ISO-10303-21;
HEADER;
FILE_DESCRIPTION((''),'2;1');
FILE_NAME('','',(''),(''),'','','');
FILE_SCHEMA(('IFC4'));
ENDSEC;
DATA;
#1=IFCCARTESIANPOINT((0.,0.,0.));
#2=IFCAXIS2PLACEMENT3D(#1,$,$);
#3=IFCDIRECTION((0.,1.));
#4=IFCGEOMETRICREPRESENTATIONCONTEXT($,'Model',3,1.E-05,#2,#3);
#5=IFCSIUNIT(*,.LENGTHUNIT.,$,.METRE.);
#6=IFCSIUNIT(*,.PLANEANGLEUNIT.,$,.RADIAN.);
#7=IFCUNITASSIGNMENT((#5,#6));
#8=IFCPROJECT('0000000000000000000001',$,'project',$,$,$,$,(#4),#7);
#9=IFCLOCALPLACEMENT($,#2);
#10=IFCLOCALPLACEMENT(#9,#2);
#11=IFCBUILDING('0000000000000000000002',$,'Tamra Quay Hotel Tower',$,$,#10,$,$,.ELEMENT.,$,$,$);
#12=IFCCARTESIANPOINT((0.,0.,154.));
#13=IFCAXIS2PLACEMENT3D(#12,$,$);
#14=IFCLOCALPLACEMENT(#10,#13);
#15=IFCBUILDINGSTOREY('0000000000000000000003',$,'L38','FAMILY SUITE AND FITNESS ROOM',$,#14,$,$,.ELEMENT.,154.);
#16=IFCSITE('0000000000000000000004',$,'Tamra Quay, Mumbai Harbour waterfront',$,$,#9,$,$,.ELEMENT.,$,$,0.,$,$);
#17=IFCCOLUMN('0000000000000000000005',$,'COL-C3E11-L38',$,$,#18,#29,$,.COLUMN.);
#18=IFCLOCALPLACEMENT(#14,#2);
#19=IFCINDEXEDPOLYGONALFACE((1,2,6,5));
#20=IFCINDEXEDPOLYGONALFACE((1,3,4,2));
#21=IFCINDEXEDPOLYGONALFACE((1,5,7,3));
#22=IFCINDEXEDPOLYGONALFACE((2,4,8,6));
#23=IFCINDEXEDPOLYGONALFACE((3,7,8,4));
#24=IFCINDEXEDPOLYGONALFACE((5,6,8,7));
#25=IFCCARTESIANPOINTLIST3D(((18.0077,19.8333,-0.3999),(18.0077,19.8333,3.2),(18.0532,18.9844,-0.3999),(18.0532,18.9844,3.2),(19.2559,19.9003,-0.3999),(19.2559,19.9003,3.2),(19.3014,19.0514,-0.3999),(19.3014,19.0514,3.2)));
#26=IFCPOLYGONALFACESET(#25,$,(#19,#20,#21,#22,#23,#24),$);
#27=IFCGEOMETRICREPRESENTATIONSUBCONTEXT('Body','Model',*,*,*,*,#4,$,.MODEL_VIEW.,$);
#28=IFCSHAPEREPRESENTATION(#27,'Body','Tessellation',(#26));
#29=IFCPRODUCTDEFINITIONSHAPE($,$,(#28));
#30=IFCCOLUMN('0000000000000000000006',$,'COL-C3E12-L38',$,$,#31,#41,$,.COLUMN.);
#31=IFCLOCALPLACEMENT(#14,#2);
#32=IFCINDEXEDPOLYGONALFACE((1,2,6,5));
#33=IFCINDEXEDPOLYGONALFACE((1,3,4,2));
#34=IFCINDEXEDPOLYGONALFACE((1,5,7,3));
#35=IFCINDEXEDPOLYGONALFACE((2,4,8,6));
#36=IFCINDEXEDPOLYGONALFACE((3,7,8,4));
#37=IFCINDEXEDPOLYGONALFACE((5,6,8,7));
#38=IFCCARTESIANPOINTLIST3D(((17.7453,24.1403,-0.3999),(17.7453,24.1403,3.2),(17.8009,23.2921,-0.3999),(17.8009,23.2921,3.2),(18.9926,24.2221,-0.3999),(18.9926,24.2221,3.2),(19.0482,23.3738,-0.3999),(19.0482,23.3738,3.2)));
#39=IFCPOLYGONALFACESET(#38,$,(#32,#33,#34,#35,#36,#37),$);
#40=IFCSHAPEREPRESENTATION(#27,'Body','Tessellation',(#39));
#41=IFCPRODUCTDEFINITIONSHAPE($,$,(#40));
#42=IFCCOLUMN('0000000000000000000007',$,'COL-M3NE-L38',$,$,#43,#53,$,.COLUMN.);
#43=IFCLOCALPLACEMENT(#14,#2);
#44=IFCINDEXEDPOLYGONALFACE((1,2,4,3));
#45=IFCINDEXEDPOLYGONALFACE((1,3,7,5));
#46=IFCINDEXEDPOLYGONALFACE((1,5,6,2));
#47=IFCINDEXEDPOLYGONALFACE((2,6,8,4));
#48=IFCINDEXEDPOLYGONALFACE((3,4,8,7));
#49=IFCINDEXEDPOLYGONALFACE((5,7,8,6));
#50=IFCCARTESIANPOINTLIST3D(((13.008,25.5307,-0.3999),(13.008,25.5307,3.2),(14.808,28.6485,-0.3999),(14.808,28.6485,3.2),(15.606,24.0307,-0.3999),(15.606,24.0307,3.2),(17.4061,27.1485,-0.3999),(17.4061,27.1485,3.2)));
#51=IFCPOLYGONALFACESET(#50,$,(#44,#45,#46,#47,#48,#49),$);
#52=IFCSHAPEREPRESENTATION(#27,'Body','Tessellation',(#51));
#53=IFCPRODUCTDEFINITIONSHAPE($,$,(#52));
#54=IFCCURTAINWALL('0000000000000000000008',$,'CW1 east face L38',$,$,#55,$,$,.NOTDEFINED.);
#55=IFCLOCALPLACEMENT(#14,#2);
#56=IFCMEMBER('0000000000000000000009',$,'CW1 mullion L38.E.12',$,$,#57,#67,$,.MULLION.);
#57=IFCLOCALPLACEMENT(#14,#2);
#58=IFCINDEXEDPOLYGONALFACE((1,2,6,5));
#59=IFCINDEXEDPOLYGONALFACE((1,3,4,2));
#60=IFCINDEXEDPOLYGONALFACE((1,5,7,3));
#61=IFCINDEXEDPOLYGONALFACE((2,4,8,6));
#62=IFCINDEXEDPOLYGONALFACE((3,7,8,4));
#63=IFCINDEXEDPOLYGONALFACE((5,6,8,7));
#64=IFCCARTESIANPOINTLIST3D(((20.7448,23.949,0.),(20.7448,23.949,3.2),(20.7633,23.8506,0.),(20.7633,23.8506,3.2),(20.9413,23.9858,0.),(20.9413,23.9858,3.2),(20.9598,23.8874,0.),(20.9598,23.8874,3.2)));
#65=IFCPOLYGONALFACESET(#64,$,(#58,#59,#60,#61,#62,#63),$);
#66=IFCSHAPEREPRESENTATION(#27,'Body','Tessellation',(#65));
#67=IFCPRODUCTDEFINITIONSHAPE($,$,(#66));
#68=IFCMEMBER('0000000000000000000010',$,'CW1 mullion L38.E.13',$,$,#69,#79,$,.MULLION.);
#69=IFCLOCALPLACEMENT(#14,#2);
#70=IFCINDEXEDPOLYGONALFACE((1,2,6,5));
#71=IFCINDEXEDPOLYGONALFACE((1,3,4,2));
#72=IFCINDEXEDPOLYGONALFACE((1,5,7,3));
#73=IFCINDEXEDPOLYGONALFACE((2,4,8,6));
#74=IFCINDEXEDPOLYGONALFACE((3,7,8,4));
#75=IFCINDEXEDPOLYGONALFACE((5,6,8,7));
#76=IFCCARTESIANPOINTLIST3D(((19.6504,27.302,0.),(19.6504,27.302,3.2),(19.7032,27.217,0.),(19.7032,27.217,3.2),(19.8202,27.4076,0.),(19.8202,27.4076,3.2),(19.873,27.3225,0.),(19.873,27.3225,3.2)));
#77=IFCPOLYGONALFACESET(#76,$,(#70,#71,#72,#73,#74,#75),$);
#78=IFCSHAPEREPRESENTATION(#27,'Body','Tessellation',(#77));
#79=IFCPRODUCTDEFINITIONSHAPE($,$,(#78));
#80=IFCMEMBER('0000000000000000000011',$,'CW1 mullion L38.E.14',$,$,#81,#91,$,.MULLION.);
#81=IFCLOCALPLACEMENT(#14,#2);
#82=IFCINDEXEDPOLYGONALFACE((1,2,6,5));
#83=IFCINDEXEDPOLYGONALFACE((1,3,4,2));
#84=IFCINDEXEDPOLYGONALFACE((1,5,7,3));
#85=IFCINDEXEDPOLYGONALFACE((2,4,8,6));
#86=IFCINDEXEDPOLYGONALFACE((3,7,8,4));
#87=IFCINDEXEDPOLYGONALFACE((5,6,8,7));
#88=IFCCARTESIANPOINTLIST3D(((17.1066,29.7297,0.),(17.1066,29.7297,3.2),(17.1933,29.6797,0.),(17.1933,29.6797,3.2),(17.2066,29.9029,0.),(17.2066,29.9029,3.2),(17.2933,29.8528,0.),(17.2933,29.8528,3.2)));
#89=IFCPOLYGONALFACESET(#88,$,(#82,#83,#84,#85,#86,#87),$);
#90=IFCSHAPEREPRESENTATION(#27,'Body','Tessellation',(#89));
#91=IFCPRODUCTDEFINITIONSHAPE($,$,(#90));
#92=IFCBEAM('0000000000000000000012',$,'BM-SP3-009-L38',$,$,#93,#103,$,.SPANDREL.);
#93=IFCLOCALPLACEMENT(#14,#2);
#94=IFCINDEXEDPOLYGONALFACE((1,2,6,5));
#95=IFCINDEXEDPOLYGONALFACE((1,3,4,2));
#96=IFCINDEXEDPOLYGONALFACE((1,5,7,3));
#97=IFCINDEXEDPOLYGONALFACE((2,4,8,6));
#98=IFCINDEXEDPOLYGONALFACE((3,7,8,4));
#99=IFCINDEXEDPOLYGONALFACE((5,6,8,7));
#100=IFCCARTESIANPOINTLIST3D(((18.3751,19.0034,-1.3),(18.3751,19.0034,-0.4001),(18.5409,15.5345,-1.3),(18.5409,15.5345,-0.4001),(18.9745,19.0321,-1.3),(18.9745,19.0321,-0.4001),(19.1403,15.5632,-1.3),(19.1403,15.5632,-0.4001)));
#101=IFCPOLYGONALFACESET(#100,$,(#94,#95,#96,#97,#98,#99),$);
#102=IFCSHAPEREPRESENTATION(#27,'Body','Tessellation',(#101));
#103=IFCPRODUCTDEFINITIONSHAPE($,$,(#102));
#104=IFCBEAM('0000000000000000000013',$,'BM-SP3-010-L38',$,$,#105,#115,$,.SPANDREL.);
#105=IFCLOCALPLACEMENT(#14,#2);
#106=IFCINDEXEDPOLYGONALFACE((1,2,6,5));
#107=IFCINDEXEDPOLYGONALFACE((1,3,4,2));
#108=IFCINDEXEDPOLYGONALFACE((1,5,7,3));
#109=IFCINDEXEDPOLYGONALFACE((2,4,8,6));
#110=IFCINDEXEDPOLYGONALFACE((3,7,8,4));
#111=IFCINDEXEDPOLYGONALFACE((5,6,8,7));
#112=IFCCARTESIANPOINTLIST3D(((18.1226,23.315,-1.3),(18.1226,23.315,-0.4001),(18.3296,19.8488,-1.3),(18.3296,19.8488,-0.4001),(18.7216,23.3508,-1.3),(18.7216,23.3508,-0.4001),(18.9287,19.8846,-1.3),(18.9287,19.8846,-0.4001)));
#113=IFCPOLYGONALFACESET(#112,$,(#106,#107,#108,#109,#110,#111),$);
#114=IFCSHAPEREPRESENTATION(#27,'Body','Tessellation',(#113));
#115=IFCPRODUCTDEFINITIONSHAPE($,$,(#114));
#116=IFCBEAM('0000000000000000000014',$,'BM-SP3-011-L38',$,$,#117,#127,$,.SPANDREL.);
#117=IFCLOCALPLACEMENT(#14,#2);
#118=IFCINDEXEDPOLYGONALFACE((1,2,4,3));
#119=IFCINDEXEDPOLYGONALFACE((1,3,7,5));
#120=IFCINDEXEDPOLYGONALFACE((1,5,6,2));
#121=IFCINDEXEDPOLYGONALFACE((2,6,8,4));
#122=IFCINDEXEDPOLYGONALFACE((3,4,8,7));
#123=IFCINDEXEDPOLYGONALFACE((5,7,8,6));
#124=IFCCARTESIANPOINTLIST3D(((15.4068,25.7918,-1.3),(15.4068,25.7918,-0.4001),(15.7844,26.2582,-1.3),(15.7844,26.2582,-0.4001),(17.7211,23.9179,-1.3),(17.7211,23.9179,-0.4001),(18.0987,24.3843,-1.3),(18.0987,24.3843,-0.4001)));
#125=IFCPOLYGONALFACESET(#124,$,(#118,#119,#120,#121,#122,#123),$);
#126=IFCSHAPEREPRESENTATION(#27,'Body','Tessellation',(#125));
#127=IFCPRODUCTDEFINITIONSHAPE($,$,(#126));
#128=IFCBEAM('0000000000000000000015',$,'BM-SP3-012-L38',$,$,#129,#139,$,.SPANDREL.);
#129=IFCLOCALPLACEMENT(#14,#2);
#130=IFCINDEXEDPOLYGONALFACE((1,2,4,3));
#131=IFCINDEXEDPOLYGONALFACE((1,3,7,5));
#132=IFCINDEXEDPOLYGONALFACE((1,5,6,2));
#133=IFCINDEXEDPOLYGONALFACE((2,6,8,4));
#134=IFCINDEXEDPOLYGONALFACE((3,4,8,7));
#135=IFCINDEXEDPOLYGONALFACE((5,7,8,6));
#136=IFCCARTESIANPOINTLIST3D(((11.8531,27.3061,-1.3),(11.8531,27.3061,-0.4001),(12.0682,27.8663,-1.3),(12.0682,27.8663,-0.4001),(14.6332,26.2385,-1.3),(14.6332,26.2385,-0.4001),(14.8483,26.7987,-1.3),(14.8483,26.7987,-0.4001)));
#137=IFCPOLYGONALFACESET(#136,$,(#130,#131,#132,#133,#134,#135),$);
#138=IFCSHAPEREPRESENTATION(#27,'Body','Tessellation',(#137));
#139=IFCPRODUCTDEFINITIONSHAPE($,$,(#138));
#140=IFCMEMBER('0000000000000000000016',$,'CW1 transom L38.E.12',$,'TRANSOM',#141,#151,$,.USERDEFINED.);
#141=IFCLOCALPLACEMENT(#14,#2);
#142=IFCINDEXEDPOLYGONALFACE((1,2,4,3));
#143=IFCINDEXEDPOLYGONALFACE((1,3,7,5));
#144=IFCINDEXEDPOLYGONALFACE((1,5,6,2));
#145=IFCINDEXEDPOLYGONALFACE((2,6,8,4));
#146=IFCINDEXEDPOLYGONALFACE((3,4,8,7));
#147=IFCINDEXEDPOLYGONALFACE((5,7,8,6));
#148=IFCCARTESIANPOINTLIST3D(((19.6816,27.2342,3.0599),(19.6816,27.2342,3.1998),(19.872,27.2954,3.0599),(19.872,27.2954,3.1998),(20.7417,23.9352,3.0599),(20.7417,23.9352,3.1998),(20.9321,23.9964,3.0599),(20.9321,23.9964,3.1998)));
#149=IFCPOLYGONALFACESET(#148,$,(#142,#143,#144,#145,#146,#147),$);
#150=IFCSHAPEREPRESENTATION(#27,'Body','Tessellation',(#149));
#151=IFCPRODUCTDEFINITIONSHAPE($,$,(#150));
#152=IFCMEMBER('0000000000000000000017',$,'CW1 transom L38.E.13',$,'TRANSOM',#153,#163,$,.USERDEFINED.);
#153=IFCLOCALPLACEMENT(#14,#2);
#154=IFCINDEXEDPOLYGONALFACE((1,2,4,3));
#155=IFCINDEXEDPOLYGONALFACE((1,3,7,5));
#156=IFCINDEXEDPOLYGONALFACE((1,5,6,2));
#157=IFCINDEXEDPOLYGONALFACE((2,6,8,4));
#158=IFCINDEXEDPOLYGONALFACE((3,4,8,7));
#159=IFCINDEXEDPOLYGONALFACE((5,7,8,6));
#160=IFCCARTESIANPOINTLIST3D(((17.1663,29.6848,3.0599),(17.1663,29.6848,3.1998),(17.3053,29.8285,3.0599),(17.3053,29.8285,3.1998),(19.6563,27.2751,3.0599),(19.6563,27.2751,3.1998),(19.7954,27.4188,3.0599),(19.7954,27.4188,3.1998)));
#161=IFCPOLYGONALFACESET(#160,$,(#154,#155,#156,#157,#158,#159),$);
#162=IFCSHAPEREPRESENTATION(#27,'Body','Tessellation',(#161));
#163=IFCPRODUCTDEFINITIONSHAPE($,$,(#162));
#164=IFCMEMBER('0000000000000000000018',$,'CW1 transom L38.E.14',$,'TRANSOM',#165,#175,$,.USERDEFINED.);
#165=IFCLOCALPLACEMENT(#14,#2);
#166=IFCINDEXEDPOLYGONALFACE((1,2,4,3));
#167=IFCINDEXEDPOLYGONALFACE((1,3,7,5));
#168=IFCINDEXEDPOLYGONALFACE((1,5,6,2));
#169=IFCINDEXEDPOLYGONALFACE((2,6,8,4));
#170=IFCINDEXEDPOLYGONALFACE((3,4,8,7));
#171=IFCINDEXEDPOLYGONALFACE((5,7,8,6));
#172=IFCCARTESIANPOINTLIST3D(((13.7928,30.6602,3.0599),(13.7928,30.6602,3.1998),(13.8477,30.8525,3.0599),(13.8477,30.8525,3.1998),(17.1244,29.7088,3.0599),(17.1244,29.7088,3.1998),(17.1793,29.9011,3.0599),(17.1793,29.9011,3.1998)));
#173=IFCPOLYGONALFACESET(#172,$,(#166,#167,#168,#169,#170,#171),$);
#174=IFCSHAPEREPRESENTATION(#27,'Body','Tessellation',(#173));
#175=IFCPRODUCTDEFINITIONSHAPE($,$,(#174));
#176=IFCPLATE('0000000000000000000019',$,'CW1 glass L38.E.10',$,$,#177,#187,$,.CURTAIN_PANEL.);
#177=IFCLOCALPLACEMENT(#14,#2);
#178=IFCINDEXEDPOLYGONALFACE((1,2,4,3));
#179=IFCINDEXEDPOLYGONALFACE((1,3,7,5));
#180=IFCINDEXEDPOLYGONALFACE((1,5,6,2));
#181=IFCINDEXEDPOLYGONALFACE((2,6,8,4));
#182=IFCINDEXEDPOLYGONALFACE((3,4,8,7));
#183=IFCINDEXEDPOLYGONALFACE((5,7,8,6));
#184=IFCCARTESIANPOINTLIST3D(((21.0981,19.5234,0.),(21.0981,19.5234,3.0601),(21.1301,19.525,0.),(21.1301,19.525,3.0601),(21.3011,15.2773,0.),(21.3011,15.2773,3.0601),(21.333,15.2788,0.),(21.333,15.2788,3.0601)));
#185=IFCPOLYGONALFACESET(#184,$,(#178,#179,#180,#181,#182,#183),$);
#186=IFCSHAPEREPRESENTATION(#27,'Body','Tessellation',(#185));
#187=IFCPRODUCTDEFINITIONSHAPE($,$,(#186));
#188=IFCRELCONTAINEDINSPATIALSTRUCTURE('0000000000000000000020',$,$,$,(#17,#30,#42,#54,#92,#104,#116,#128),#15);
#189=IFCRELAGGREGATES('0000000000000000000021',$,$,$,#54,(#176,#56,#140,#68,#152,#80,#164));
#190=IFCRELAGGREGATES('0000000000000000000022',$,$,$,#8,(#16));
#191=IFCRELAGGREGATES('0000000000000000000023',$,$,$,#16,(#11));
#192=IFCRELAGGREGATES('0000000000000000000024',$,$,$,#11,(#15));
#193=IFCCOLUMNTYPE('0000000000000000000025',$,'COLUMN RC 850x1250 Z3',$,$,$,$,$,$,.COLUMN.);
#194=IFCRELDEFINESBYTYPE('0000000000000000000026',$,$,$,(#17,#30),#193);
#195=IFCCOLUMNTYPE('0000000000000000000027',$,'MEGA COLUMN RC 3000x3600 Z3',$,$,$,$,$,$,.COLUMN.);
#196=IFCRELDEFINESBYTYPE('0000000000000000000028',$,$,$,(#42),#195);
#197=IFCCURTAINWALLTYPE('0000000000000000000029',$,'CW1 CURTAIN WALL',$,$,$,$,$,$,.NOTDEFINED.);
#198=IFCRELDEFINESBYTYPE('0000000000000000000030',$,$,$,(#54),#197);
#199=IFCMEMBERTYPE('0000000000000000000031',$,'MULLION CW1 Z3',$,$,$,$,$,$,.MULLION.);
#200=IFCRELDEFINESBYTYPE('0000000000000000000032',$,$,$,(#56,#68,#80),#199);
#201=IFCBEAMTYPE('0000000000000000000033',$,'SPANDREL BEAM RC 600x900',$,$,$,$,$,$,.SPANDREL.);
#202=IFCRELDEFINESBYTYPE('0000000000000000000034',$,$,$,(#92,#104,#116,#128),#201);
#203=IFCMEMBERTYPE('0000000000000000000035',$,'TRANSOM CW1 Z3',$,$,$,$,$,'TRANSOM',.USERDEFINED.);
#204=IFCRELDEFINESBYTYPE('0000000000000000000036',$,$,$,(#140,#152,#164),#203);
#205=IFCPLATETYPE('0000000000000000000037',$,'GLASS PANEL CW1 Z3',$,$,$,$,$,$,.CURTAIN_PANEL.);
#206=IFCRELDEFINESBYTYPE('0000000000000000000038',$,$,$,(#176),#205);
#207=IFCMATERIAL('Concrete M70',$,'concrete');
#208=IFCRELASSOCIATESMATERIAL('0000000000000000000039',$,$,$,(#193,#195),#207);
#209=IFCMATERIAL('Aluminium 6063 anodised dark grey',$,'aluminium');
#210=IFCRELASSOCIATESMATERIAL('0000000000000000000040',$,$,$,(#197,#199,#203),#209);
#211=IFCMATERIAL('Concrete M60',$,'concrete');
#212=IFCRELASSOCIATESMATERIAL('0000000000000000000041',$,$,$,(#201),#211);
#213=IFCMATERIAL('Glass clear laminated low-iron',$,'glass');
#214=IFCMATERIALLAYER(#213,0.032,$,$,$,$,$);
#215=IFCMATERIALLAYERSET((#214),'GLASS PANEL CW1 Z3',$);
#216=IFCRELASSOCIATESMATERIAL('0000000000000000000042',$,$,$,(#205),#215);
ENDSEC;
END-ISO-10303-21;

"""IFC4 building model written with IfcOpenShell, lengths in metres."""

from ifc_helpers import new_model, si_unit, direction, frame, origin, origin_2d, place, context, subcontext, project, spatial, rectangle, extrude, material, layer, layer_set, material_profile, profile_set, type_object, element, aggregate, save


model = new_model("IFC4")

# Units and contexts
model_context = context("Model", 3, precision=1e-05, world=origin(), true_north=direction((0.0, 1.0)))
body_context = subcontext(model_context, "Body", "Model", "MODEL_VIEW")
ifc_project = project(units=[si_unit("LENGTHUNIT", "METRE"), si_unit("PLANEANGLEUNIT", "RADIAN")], contexts=[model_context])

# Site, building, storey
site_placement = place(None, origin())
site = spatial("IfcSite", under=ifc_project, at=site_placement, Name="Tamra Quay, Mumbai Harbour waterfront", CompositionType="ELEMENT", RefElevation=0.0)
building_placement = place(site_placement, origin())
building = spatial("IfcBuilding", under=site, at=building_placement, Name="Tamra Quay Hotel Tower", CompositionType="ELEMENT")
storey_placement = place(building_placement, frame((0.0, 0.0, 154.0)))
storey = spatial("IfcBuildingStorey", under=building, at=storey_placement, Name="L38", Description="FAMILY SUITE AND FITNESS ROOM", CompositionType="ELEMENT", Elevation=154.0)

# Columns
ifc_material_1 = material(Name="Concrete M70", Category="concrete")
ifc_material_profile_1 = material_profile(ifc_material_1, rectangle(XDim=1.25, YDim=0.8501, at=origin_2d()), Name="COLUMN RC 850x1250 Z3")
ifc_profile_set_1 = profile_set([ifc_material_profile_1], Name="Concrete M70")
column_type_1 = type_object("IfcColumnType", Name="COLUMN RC 850x1250 Z3", PredefinedType="COLUMN", material=ifc_profile_set_1)
for number, where, z_axis, x_axis, name in (
    (1, (18.6545, 19.4424, -0.3999), (0.0, 0.0, 1.0), (0.998562, 0.053603, 0.0), "COL-C3E11-L38"),
    (2, (18.3967, 23.7571, -0.3999), (0.0, 0.0, 1.0), (0.997858, 0.065419, 0.0), "COL-C3E12-L38"),
):
    element("IfcColumn", number, at=place(storey_placement, frame(where, z_axis=z_axis, x_axis=x_axis)), inside=storey, type_object=column_type_1, Name=name, PredefinedType="COLUMN", context=body_context, shape_type="SweptSolid", body=[
        extrude(rectangle(XDim=1.25, YDim=0.8501, at=origin_2d()), origin(), (0.0, 0.0, 1.0), 3.5999),
    ])
ifc_material_profile_2 = material_profile(ifc_material_1, rectangle(XDim=3.6001, YDim=3.0, at=origin_2d()), Name="MEGA COLUMN RC 3000x3600 Z3")
ifc_profile_set_2 = profile_set([ifc_material_profile_2], Name="Concrete M70")
column_type_2 = type_object("IfcColumnType", Name="MEGA COLUMN RC 3000x3600 Z3", PredefinedType="COLUMN", material=ifc_profile_set_2)
column_placement = place(storey_placement, frame((15.207, 26.3396, -0.3999), z_axis=(0.0, 0.0, 1.0), x_axis=(0.5, 0.866025, 0.0)))
element("IfcColumn", 3, at=column_placement, inside=storey, type_object=column_type_2, Name="COL-M3NE-L38", PredefinedType="COLUMN", context=body_context, shape_type="SweptSolid", body=[
    extrude(rectangle(XDim=3.6001, YDim=3.0, at=origin_2d()), origin(), (0.0, 0.0, 1.0), 3.5999),
])

# Curtain wall, members
ifc_material_2 = material(Name="Aluminium 6063 anodised dark grey", Category="aluminium")
curtain_wall_type = type_object("IfcCurtainWallType", Name="CW1 CURTAIN WALL", PredefinedType="NOTDEFINED", material=ifc_material_2)
curtain_wall_placement = place(storey_placement, origin())
curtain_wall = element("IfcCurtainWall", 4, at=curtain_wall_placement, inside=storey, type_object=curtain_wall_type, Name="CW1 east face L38", PredefinedType="NOTDEFINED")
ifc_material_profile_3 = material_profile(ifc_material_2, rectangle(XDim=0.2, YDim=0.1001, at=origin_2d()), Name="MULLION 100X200")
ifc_profile_set_3 = profile_set([ifc_material_profile_3], Name="Aluminium 6063 anodised dark grey")
member_type_1 = type_object("IfcMemberType", Name="MULLION CW1 Z3", PredefinedType="MULLION", material=ifc_profile_set_3)
member_1_placement = place(storey_placement, frame((20.8523, 23.9182, 0.0), z_axis=(0.0, 0.0, 1.0), x_axis=(0.982883, 0.18423, 0.0)))
member_1 = element("IfcMember", 5, at=member_1_placement, type_object=member_type_1, Name="CW1 mullion L38.E.12", PredefinedType="MULLION", context=body_context, shape_type="SweptSolid", body=[
    extrude(rectangle(XDim=0.2, YDim=0.1001, at=origin_2d()), origin(), (0.0, 0.0, 1.0), 3.2),
])
member_2_placement = place(storey_placement, frame((19.7617, 27.3123, 0.0), z_axis=(0.0, 0.0, 1.0), x_axis=(0.849198, 0.528075, 0.0)))
member_2 = element("IfcMember", 6, at=member_2_placement, type_object=member_type_1, Name="CW1 mullion L38.E.13", PredefinedType="MULLION", context=body_context, shape_type="SweptSolid", body=[
    extrude(rectangle(XDim=0.2, YDim=0.1001, at=origin_2d()), origin(), (0.0, 0.0, 1.0), 3.2),
])
member_3_placement = place(storey_placement, frame((17.2, 29.7913, 0.0), z_axis=(0.0, 0.0, 1.0), x_axis=(0.5, 0.866025, 0.0)))
member_3 = element("IfcMember", 7, at=member_3_placement, type_object=member_type_1, Name="CW1 mullion L38.E.14", PredefinedType="MULLION", context=body_context, shape_type="SweptSolid", body=[
    extrude(rectangle(XDim=0.2, YDim=0.1001, at=origin_2d()), origin(), (0.0, 0.0, 1.0), 3.2),
])

# Beams
ifc_material_3 = material(Name="Concrete M60", Category="concrete")
ifc_material_profile_4 = material_profile(ifc_material_3, rectangle(XDim=0.6001, YDim=0.8999, at=origin_2d()), Name="SPANDREL BEAM RC 600x900")
ifc_profile_set_4 = profile_set([ifc_material_profile_4], Name="Concrete M60")
beam_type = type_object("IfcBeamType", Name="SPANDREL BEAM RC 600x900", PredefinedType="SPANDREL", material=ifc_profile_set_4)
beam_1_placement = place(storey_placement, frame((18.8406, 15.5488, -0.8501), z_axis=(-0.047732, 0.99886, 0.0), x_axis=(-0.99886, -0.047732, 0.0)))
element("IfcBeam", 8, at=beam_1_placement, inside=storey, type_object=beam_type, Name="BM-SP3-009-L38", PredefinedType="SPANDREL", context=body_context, shape_type="SweptSolid", body=[
    extrude(rectangle(XDim=0.6001, YDim=0.8999, at=origin_2d()), origin(), (0.0, 0.0, 1.0), 3.4729),
])
beam_2_placement = place(storey_placement, frame((18.6292, 19.8667, -0.8501), z_axis=(-0.05962, 0.998221, 0.0), x_axis=(-0.998221, -0.05962, 0.0)))
element("IfcBeam", 9, at=beam_2_placement, inside=storey, type_object=beam_type, Name="BM-SP3-010-L38", PredefinedType="SPANDREL", context=body_context, shape_type="SweptSolid", body=[
    extrude(rectangle(XDim=0.6001, YDim=0.8999, at=origin_2d()), origin(), (0.0, 0.0, 1.0), 3.4724),
])
beam_3_placement = place(storey_placement, frame((17.9099, 24.1511, -0.8501), z_axis=(-0.777184, 0.629274, 0.0), x_axis=(-0.629274, -0.777184, 0.0)))
element("IfcBeam", 10, at=beam_3_placement, inside=storey, type_object=beam_type, Name="BM-SP3-011-L38", PredefinedType="SPANDREL", context=body_context, shape_type="SweptSolid", body=[
    extrude(rectangle(XDim=0.6001, YDim=0.8999, at=origin_2d()), origin(), (0.0, 0.0, 1.0), 2.9778),
])
beam_4_placement = place(storey_placement, frame((14.7407, 26.5186, -0.8501), z_axis=(-0.933527, 0.358507, 0.0), x_axis=(-0.358507, -0.933527, 0.0)))
element("IfcBeam", 11, at=beam_4_placement, inside=storey, type_object=beam_type, Name="BM-SP3-012-L38", PredefinedType="SPANDREL", context=body_context, shape_type="SweptSolid", body=[
    extrude(rectangle(XDim=0.6001, YDim=0.8999, at=origin_2d()), origin(), (0.0, 0.0, 1.0), 2.978),
])

# Members
ifc_material_profile_5 = material_profile(ifc_material_2, rectangle(XDim=0.2, YDim=0.1399, at=origin_2d()), Name="TRANSOM 200X140")
ifc_profile_set_5 = profile_set([ifc_material_profile_5], Name="Aluminium 6063 anodised dark grey")
member_type_2 = type_object("IfcMemberType", Name="TRANSOM CW1 Z3", ElementType="TRANSOM", PredefinedType="USERDEFINED", material=ifc_profile_set_5)
member_4_placement = place(storey_placement, frame((20.8369, 23.9658, 3.1299), z_axis=(-0.305936, 0.952052, 0.0), x_axis=(-0.952052, -0.305936, 0.0)))
member_4 = element("IfcMember", 12, at=member_4_placement, type_object=member_type_2, Name="CW1 transom L38.E.12", ObjectType="TRANSOM", PredefinedType="USERDEFINED", context=body_context, shape_type="SweptSolid", body=[
    extrude(rectangle(XDim=0.2, YDim=0.1399, at=origin_2d()), origin(), (0.0, 0.0, 1.0), 3.4651),
])
member_5_placement = place(storey_placement, frame((19.7258, 27.3469, 3.1299), z_axis=(-0.718602, 0.695421, 0.0), x_axis=(-0.695421, -0.718602, 0.0)))
member_5 = element("IfcMember", 13, at=member_5_placement, type_object=member_type_2, Name="CW1 transom L38.E.13", ObjectType="TRANSOM", PredefinedType="USERDEFINED", context=body_context, shape_type="SweptSolid", body=[
    extrude(rectangle(XDim=0.2, YDim=0.1399, at=origin_2d()), origin(), (0.0, 0.0, 1.0), 3.4651),
])
member_6_placement = place(storey_placement, frame((17.1519, 29.8049, 3.1299), z_axis=(-0.961559, 0.2746, 0.0), x_axis=(-0.2746, -0.961559, 0.0)))
member_6 = element("IfcMember", 14, at=member_6_placement, type_object=member_type_2, Name="CW1 transom L38.E.14", ObjectType="TRANSOM", PredefinedType="USERDEFINED", context=body_context, shape_type="SweptSolid", body=[
    extrude(rectangle(XDim=0.2, YDim=0.1399, at=origin_2d()), origin(), (0.0, 0.0, 1.0), 3.4648),
])

# Plate
ifc_material_4 = material(Name="Glass clear laminated low-iron", Category="glass")
ifc_layer_1 = layer(ifc_material_4, 0.032)
ifc_layer_set_1 = layer_set([ifc_layer_1], Name="GLASS PANEL CW1 Z3")
plate_type = type_object("IfcPlateType", Name="GLASS PANEL CW1 Z3", PredefinedType="CURTAIN_PANEL", material=ifc_layer_set_1)
plate_1_placement = place(storey_placement, frame((21.2156, 17.4011, 0.0), z_axis=(0.0, 0.0, 1.0), x_axis=(-0.047747, 0.998859, 0.0)))
plate_1 = element("IfcPlate", 15, at=plate_1_placement, type_object=plate_type, Name="CW1 glass L38.E.10", PredefinedType="CURTAIN_PANEL", context=body_context, shape_type="SweptSolid", body=[
    extrude(rectangle(XDim=4.251, YDim=0.032, at=origin_2d()), origin(), (0.0, 0.0, 1.0), 3.0601),
])
aggregate(curtain_wall, [plate_1, member_1, member_4, member_2, member_5, member_3, member_6])

save(model, "model.ifc")
